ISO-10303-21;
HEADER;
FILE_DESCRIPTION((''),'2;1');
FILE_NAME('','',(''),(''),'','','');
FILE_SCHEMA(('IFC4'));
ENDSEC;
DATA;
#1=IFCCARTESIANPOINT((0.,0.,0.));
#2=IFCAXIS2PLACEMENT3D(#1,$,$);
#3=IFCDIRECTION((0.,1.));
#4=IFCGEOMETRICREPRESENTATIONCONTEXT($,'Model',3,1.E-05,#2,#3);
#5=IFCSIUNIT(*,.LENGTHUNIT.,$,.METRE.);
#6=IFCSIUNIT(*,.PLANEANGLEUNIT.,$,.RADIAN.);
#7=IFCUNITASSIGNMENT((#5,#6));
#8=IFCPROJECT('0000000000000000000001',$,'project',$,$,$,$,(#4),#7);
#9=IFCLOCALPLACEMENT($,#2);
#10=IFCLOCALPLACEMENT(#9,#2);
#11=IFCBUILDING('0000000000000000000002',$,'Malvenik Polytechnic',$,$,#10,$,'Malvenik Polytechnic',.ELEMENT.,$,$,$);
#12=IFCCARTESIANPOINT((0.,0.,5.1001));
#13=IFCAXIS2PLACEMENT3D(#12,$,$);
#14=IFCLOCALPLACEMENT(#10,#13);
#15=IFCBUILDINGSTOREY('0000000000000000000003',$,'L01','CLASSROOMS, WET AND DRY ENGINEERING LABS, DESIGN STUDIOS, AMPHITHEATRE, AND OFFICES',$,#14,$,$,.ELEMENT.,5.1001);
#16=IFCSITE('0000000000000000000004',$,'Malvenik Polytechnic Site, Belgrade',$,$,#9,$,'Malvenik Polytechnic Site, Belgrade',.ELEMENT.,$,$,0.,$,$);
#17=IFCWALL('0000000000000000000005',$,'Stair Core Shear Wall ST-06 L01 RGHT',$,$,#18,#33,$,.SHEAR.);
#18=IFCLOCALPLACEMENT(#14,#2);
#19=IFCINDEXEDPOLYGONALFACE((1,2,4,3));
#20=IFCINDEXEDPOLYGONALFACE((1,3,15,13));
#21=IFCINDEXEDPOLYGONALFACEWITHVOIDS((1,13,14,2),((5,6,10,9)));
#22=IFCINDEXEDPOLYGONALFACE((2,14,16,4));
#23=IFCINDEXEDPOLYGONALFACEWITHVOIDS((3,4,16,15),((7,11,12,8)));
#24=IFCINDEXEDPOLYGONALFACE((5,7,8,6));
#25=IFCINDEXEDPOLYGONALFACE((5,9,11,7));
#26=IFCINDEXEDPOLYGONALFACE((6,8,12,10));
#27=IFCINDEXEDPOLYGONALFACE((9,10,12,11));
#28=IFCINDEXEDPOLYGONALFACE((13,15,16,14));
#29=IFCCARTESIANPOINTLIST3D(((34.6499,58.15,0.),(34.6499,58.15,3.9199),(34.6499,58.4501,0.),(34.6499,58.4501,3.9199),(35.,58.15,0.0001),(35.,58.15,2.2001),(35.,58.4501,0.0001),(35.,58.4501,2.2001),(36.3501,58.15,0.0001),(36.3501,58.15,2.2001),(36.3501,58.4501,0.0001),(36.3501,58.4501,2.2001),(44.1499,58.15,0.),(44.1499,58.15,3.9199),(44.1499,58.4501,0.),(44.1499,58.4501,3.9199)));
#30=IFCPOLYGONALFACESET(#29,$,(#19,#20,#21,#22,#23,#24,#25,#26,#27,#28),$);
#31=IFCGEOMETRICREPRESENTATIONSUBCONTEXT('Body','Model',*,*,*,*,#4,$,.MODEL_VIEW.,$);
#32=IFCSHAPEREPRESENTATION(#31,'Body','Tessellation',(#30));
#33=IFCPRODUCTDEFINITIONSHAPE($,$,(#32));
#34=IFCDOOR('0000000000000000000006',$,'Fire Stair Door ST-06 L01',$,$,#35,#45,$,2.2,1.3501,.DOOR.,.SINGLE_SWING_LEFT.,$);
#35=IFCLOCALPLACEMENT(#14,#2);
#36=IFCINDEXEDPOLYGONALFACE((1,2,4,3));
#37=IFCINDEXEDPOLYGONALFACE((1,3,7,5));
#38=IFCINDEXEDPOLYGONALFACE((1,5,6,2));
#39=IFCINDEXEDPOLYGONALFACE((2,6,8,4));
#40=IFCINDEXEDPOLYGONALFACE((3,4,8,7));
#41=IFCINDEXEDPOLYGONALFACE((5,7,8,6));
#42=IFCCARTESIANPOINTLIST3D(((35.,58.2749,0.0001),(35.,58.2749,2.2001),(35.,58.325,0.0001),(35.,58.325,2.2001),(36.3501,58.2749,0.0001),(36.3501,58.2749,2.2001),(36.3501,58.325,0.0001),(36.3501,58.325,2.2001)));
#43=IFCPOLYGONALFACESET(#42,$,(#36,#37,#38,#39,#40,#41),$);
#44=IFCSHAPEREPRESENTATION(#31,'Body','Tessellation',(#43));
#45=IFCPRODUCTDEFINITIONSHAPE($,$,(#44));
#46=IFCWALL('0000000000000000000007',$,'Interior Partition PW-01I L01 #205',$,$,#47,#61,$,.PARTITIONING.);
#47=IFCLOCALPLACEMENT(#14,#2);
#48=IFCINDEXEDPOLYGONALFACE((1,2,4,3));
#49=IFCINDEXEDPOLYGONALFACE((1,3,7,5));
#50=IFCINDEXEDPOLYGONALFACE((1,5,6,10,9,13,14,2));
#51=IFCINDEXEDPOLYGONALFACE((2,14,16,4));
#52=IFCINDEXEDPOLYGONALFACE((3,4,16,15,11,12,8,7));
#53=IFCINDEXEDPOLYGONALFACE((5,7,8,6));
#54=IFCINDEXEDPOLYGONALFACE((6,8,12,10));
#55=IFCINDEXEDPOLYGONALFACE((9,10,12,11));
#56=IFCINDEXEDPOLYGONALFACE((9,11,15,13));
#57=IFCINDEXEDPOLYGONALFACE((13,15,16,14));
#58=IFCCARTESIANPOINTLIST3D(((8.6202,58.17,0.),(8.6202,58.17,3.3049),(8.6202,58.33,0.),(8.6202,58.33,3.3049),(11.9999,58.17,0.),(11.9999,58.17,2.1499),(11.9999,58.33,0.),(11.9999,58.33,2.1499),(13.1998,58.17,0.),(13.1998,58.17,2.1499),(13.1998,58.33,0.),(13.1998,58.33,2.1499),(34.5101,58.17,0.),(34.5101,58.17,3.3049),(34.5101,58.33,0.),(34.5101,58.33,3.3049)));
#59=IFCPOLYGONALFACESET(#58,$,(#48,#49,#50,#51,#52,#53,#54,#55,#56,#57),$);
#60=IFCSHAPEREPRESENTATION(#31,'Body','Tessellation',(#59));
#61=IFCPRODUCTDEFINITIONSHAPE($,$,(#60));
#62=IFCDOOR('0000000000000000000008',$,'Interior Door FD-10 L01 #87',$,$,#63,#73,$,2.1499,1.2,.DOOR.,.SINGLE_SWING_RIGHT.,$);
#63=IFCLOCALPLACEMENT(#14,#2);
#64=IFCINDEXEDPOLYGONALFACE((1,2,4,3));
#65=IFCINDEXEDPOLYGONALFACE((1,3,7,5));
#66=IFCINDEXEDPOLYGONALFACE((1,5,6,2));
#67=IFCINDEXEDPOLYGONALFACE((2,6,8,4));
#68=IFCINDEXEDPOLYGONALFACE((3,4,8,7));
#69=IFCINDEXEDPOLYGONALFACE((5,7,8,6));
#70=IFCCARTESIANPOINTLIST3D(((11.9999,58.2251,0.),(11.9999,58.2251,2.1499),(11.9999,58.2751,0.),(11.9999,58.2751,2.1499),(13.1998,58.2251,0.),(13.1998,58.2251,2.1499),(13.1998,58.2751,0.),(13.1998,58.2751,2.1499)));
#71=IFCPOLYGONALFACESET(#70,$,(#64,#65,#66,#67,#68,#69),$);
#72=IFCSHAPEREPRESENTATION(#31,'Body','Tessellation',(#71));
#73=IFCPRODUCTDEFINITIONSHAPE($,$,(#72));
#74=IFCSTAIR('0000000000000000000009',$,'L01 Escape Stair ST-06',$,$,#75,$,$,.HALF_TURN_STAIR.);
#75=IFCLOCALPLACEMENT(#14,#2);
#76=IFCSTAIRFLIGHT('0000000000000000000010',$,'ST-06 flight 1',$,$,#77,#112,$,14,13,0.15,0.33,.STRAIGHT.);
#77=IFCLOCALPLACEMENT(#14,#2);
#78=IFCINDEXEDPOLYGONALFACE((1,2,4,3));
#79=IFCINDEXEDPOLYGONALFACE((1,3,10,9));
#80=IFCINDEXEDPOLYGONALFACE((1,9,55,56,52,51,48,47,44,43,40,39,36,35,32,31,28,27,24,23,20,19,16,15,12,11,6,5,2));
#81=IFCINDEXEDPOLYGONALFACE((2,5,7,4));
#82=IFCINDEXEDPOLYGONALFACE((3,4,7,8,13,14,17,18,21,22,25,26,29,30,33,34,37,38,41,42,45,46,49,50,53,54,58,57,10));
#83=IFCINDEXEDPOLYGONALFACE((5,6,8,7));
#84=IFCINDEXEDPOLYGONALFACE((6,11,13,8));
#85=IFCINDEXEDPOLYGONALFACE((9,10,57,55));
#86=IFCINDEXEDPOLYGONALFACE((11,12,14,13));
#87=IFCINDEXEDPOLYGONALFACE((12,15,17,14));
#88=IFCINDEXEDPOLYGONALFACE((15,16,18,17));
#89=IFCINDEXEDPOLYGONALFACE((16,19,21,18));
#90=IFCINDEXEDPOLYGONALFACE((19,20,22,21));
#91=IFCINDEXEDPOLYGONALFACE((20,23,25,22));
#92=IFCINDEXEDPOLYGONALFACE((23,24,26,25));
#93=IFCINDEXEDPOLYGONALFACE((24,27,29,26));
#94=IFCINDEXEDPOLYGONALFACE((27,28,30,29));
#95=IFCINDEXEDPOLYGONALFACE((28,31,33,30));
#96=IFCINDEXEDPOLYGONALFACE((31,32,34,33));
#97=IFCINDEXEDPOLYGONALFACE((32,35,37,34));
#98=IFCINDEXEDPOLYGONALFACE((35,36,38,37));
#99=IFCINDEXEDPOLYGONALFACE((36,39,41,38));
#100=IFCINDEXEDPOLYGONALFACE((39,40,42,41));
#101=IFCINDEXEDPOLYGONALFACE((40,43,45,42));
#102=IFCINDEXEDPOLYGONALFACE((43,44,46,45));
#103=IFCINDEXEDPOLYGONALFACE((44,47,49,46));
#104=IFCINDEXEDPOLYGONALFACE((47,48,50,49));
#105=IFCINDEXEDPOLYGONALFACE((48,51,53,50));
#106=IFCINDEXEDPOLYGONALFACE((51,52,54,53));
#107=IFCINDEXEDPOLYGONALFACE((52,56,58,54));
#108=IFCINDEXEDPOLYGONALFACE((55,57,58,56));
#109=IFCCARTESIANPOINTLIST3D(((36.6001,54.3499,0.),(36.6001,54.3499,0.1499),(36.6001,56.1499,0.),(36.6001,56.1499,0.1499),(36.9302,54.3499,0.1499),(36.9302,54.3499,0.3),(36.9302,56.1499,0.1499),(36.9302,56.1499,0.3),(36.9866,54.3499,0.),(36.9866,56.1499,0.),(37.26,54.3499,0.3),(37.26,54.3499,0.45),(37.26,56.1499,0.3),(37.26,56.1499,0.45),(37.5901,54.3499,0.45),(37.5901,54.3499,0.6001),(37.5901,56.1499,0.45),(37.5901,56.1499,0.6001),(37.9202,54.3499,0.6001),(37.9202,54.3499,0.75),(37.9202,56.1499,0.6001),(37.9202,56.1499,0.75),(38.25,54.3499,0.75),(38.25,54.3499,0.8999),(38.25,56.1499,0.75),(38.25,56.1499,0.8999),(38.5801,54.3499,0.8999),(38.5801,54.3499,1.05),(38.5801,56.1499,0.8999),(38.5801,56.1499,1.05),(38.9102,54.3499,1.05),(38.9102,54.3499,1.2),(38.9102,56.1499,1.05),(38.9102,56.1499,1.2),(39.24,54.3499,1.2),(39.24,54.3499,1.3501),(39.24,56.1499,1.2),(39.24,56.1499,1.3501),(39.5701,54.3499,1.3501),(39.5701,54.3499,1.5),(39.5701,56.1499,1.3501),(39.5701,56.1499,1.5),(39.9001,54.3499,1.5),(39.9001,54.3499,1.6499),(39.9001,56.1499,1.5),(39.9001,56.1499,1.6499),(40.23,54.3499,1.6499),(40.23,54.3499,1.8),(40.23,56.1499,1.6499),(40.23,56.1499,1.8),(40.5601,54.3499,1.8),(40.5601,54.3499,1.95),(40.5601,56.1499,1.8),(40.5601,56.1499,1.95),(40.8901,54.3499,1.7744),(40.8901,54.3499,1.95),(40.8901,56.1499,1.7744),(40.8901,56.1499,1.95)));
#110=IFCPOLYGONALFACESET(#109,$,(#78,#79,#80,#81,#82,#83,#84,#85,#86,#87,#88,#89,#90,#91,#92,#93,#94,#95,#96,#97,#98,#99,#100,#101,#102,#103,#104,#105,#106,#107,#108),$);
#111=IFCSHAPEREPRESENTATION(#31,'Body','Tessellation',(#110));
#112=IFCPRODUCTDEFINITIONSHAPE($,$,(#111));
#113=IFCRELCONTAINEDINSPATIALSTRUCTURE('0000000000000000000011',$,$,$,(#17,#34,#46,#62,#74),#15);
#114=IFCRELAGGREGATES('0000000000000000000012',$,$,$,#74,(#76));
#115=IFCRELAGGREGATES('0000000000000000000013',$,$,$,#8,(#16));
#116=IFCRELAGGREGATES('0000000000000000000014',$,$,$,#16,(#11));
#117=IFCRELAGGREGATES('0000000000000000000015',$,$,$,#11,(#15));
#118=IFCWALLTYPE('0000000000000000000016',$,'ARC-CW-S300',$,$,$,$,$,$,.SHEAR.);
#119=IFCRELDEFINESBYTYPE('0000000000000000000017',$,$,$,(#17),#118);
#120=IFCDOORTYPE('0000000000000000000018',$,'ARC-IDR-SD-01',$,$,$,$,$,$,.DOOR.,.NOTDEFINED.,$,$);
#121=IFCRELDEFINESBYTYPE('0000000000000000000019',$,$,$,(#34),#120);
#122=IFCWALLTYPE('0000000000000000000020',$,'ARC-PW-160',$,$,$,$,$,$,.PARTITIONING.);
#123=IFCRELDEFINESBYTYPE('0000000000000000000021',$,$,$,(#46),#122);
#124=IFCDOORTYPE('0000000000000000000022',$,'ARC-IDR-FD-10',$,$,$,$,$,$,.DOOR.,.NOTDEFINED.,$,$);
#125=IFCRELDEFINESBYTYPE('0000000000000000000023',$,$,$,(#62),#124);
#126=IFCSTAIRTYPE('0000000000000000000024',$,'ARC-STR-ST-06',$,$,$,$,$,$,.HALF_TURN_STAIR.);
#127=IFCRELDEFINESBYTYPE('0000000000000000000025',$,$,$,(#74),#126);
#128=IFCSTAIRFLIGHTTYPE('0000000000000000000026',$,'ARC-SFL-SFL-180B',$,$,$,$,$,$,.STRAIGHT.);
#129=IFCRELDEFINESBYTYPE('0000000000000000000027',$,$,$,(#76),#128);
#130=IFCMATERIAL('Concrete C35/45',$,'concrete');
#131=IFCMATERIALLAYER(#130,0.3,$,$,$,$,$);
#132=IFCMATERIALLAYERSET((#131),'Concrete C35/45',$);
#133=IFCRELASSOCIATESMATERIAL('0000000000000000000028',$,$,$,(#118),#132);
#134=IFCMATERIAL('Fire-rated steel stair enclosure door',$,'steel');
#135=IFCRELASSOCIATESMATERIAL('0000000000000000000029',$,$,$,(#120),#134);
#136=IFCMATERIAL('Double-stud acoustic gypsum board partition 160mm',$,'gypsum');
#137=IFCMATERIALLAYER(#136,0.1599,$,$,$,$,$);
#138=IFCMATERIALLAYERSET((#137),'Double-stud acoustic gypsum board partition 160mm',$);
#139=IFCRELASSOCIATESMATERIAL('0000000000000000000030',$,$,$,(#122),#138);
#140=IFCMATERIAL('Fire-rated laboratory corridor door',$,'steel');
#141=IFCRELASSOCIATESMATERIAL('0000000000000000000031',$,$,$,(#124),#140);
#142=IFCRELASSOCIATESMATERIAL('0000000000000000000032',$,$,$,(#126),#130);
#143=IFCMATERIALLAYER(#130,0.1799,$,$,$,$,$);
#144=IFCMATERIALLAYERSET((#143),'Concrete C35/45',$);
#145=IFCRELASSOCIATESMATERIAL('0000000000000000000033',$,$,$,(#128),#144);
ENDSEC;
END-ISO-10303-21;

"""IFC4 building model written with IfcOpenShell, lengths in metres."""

from ifc_helpers import new_model, si_unit, direction, frame, frame_2d, origin, place, context, subcontext, project, spatial, polyline, rectangle, outline, extrude, material, layer, layer_set, type_object, element, fill, aggregate, save


model = new_model("IFC4")

# Units and contexts
model_context = context("Model", 3, precision=1e-05, world=origin(), true_north=direction((0.0, 1.0)))
body_context = subcontext(model_context, "Body", "Model", "MODEL_VIEW")
ifc_project = project(units=[si_unit("LENGTHUNIT", "METRE"), si_unit("PLANEANGLEUNIT", "RADIAN")], contexts=[model_context])

# Site, building, storey
site_placement = place(None, origin())
site = spatial("IfcSite", under=ifc_project, at=site_placement, Name="Malvenik Polytechnic Site, Belgrade", LongName="Malvenik Polytechnic Site, Belgrade", CompositionType="ELEMENT", RefElevation=0.0)
building_placement = place(site_placement, origin())
building = spatial("IfcBuilding", under=site, at=building_placement, Name="Malvenik Polytechnic", LongName="Malvenik Polytechnic", CompositionType="ELEMENT")
storey_placement = place(building_placement, frame((0.0, 0.0, 5.1001)))
storey = spatial("IfcBuildingStorey", under=building, at=storey_placement, Name="L01", Description="CLASSROOMS, WET AND DRY ENGINEERING LABS, DESIGN STUDIOS, AMPHITHEATRE, AND OFFICES", CompositionType="ELEMENT", Elevation=5.1001)

# Shared definitions
ifc_material_1 = material(Name="Concrete C35/45", Category="concrete")

# Shared definitions
ifc_layer_1 = layer(ifc_material_1, 0.3)
ifc_layer_set_1 = layer_set([ifc_layer_1], Name="Concrete C35/45")
wall_type_1 = type_object("IfcWallType", Name="ARC-CW-S300", PredefinedType="SHEAR", material=ifc_layer_set_1)

# Walls, openings, doors
wall_1_placement = place(storey_placement, frame((34.6499, 58.3, 0.0), z_axis=(0.0, 0.0, 1.0), x_axis=(1.0, 0.0, 0.0)))
wall_1 = element("IfcWall", 1, at=wall_1_placement, inside=storey, type_object=wall_type_1, Name="Stair Core Shear Wall ST-06 L01 RGHT", PredefinedType="SHEAR", context=body_context, shape_type="SweptSolid", body=[
    extrude(rectangle(XDim=9.5, YDim=0.3, at=frame_2d((4.75, 0.0))), origin(), (0.0, 0.0, 1.0), 3.9199),
])
opening_1_placement = place(wall_1_placement, frame((0.3501, 0.0, 0.0)))
opening_1 = element("IfcOpeningElement", 2, at=opening_1_placement, cuts=wall_1, PredefinedType="OPENING", context=body_context, shape_type="SweptSolid", body=[
    extrude(rectangle(XDim=1.3501, YDim=2.2, at=frame_2d((0.675, 1.1001))), frame((0.0, 0.1602, 0.0), z_axis=(0.0, -1.0, 0.0), x_axis=(1.0, 0.0, 0.0)), (0.0, 0.0, 1.0), 0.3201),
])
ifc_material_2 = material(Name="Fire-rated steel stair enclosure door", Category="steel")
door_type_1 = type_object("IfcDoorType", Name="ARC-IDR-SD-01", OperationType="NOTDEFINED", PredefinedType="DOOR", material=ifc_material_2)
door_1_placement = place(opening_1_placement, origin())
door_1 = element("IfcDoor", 3, at=door_1_placement, inside=storey, type_object=door_type_1, Name="Fire Stair Door ST-06 L01", OperationType="SINGLE_SWING_LEFT", OverallHeight=2.2, OverallWidth=1.3501, PredefinedType="DOOR", context=body_context, shape_type="SweptSolid", body=[
    extrude(rectangle(XDim=1.3501, YDim=2.2, at=frame_2d((0.675, 1.1001))), frame((0.0, 0.0249, 0.0), z_axis=(0.0, -1.0, 0.0), x_axis=(1.0, 0.0, 0.0)), (0.0, 0.0, 1.0), 0.05),
])
fill(opening_1, door_1)
ifc_material_3 = material(Name="Double-stud acoustic gypsum board partition 160mm", Category="gypsum")
ifc_layer_2 = layer(ifc_material_3, 0.1599)
ifc_layer_set_2 = layer_set([ifc_layer_2], Name="Double-stud acoustic gypsum board partition 160mm")
wall_type_2 = type_object("IfcWallType", Name="ARC-PW-160", PredefinedType="PARTITIONING", material=ifc_layer_set_2)
wall_2_placement = place(storey_placement, frame((34.51, 58.25, 0.0), z_axis=(0.0, 0.0, 1.0), x_axis=(-1.0, 0.0, 0.0)))
wall_2 = element("IfcWall", 4, at=wall_2_placement, inside=storey, type_object=wall_type_2, Name="Interior Partition PW-01I L01 #205", PredefinedType="PARTITIONING", context=body_context, shape_type="SweptSolid", body=[
    extrude(rectangle(XDim=25.8899, YDim=0.1599, at=frame_2d((12.9448, 0.0))), origin(), (0.0, 0.0, 1.0), 3.3049),
])
opening_2_placement = place(wall_2_placement, frame((21.3101, 0.0, 0.0)))
opening_2 = element("IfcOpeningElement", 5, at=opening_2_placement, cuts=wall_2, PredefinedType="OPENING", context=body_context, shape_type="SweptSolid", body=[
    extrude(rectangle(XDim=1.2, YDim=2.1499, at=frame_2d((0.6001, 1.075))), frame((0.0, 0.0898, 0.0), z_axis=(0.0, -1.0, 0.0), x_axis=(1.0, 0.0, 0.0)), (0.0, 0.0, 1.0), 0.1799),
])
ifc_material_4 = material(Name="Fire-rated laboratory corridor door", Category="steel")
door_type_2 = type_object("IfcDoorType", Name="ARC-IDR-FD-10", OperationType="NOTDEFINED", PredefinedType="DOOR", material=ifc_material_4)
door_2_placement = place(opening_2_placement, origin())
door_2 = element("IfcDoor", 6, at=door_2_placement, inside=storey, type_object=door_type_2, Name="Interior Door FD-10 L01 #87", OperationType="SINGLE_SWING_RIGHT", OverallHeight=2.1499, OverallWidth=1.2, PredefinedType="DOOR", context=body_context, shape_type="SweptSolid", body=[
    extrude(rectangle(XDim=1.2, YDim=2.1499, at=frame_2d((0.6001, 1.075))), frame((0.0, 0.0249, 0.0), z_axis=(0.0, -1.0, 0.0), x_axis=(1.0, 0.0, 0.0)), (0.0, 0.0, 1.0), 0.05),
])
fill(opening_2, door_2)

# Stair, stair flight
stair_type = type_object("IfcStairType", Name="ARC-STR-ST-06", PredefinedType="HALF_TURN_STAIR", material=ifc_material_1)
stair_placement = place(storey_placement, origin())
stair = element("IfcStair", 7, at=stair_placement, inside=storey, type_object=stair_type, Name="L01 Escape Stair ST-06", PredefinedType="HALF_TURN_STAIR")
ifc_layer_3 = layer(ifc_material_1, 0.1799)
ifc_layer_set_3 = layer_set([ifc_layer_3], Name="Concrete C35/45")
stair_flight_type = type_object("IfcStairFlightType", Name="ARC-SFL-SFL-180B", PredefinedType="STRAIGHT", material=ifc_layer_set_3)
stair_flight_placement = place(storey_placement, frame((36.6001, 55.25, 0.0), z_axis=(0.0, 0.0, 1.0), x_axis=(1.0, 0.0, 0.0)))
stair_flight = element("IfcStairFlight", 8, at=stair_flight_placement, type_object=stair_flight_type, Name="ST-06 flight 1", NumberOfRisers=14, NumberOfTreads=13, PredefinedType="STRAIGHT", RiserHeight=0.15, TreadLength=0.33, context=body_context, shape_type="SweptSolid", body=[
    extrude(outline(polyline([(0.0, 0.0), (0.0, 0.1499), (0.3301, 0.1499), (0.3301, 0.3), (0.6599, 0.3), (0.6599, 0.45), (0.99, 0.45), (0.99, 0.6001), (1.3201, 0.6001), (1.3201, 0.75), (1.6499, 0.75), (1.6499, 0.8999), (1.98, 0.8999), (1.98, 1.05), (2.3101, 1.05), (2.3101, 1.2), (2.6399, 1.2), (2.6399, 1.3501), (2.97, 1.3501), (2.97, 1.5), (3.3, 1.5), (3.3, 1.6499), (3.6299, 1.6499), (3.6299, 1.8), (3.96, 1.8), (3.96, 1.95), (4.29, 1.95), (4.29, 2.1001), (4.29, 1.7744), (0.3865, 0.0), (0.0, 0.0)])), frame((0.0, 0.8999, 0.0), z_axis=(0.0, -1.0, 0.0), x_axis=(1.0, 0.0, 0.0)), (0.0, 0.0, 1.0), 1.8),
])
aggregate(stair, [stair_flight])

save(model, "model.ifc")
